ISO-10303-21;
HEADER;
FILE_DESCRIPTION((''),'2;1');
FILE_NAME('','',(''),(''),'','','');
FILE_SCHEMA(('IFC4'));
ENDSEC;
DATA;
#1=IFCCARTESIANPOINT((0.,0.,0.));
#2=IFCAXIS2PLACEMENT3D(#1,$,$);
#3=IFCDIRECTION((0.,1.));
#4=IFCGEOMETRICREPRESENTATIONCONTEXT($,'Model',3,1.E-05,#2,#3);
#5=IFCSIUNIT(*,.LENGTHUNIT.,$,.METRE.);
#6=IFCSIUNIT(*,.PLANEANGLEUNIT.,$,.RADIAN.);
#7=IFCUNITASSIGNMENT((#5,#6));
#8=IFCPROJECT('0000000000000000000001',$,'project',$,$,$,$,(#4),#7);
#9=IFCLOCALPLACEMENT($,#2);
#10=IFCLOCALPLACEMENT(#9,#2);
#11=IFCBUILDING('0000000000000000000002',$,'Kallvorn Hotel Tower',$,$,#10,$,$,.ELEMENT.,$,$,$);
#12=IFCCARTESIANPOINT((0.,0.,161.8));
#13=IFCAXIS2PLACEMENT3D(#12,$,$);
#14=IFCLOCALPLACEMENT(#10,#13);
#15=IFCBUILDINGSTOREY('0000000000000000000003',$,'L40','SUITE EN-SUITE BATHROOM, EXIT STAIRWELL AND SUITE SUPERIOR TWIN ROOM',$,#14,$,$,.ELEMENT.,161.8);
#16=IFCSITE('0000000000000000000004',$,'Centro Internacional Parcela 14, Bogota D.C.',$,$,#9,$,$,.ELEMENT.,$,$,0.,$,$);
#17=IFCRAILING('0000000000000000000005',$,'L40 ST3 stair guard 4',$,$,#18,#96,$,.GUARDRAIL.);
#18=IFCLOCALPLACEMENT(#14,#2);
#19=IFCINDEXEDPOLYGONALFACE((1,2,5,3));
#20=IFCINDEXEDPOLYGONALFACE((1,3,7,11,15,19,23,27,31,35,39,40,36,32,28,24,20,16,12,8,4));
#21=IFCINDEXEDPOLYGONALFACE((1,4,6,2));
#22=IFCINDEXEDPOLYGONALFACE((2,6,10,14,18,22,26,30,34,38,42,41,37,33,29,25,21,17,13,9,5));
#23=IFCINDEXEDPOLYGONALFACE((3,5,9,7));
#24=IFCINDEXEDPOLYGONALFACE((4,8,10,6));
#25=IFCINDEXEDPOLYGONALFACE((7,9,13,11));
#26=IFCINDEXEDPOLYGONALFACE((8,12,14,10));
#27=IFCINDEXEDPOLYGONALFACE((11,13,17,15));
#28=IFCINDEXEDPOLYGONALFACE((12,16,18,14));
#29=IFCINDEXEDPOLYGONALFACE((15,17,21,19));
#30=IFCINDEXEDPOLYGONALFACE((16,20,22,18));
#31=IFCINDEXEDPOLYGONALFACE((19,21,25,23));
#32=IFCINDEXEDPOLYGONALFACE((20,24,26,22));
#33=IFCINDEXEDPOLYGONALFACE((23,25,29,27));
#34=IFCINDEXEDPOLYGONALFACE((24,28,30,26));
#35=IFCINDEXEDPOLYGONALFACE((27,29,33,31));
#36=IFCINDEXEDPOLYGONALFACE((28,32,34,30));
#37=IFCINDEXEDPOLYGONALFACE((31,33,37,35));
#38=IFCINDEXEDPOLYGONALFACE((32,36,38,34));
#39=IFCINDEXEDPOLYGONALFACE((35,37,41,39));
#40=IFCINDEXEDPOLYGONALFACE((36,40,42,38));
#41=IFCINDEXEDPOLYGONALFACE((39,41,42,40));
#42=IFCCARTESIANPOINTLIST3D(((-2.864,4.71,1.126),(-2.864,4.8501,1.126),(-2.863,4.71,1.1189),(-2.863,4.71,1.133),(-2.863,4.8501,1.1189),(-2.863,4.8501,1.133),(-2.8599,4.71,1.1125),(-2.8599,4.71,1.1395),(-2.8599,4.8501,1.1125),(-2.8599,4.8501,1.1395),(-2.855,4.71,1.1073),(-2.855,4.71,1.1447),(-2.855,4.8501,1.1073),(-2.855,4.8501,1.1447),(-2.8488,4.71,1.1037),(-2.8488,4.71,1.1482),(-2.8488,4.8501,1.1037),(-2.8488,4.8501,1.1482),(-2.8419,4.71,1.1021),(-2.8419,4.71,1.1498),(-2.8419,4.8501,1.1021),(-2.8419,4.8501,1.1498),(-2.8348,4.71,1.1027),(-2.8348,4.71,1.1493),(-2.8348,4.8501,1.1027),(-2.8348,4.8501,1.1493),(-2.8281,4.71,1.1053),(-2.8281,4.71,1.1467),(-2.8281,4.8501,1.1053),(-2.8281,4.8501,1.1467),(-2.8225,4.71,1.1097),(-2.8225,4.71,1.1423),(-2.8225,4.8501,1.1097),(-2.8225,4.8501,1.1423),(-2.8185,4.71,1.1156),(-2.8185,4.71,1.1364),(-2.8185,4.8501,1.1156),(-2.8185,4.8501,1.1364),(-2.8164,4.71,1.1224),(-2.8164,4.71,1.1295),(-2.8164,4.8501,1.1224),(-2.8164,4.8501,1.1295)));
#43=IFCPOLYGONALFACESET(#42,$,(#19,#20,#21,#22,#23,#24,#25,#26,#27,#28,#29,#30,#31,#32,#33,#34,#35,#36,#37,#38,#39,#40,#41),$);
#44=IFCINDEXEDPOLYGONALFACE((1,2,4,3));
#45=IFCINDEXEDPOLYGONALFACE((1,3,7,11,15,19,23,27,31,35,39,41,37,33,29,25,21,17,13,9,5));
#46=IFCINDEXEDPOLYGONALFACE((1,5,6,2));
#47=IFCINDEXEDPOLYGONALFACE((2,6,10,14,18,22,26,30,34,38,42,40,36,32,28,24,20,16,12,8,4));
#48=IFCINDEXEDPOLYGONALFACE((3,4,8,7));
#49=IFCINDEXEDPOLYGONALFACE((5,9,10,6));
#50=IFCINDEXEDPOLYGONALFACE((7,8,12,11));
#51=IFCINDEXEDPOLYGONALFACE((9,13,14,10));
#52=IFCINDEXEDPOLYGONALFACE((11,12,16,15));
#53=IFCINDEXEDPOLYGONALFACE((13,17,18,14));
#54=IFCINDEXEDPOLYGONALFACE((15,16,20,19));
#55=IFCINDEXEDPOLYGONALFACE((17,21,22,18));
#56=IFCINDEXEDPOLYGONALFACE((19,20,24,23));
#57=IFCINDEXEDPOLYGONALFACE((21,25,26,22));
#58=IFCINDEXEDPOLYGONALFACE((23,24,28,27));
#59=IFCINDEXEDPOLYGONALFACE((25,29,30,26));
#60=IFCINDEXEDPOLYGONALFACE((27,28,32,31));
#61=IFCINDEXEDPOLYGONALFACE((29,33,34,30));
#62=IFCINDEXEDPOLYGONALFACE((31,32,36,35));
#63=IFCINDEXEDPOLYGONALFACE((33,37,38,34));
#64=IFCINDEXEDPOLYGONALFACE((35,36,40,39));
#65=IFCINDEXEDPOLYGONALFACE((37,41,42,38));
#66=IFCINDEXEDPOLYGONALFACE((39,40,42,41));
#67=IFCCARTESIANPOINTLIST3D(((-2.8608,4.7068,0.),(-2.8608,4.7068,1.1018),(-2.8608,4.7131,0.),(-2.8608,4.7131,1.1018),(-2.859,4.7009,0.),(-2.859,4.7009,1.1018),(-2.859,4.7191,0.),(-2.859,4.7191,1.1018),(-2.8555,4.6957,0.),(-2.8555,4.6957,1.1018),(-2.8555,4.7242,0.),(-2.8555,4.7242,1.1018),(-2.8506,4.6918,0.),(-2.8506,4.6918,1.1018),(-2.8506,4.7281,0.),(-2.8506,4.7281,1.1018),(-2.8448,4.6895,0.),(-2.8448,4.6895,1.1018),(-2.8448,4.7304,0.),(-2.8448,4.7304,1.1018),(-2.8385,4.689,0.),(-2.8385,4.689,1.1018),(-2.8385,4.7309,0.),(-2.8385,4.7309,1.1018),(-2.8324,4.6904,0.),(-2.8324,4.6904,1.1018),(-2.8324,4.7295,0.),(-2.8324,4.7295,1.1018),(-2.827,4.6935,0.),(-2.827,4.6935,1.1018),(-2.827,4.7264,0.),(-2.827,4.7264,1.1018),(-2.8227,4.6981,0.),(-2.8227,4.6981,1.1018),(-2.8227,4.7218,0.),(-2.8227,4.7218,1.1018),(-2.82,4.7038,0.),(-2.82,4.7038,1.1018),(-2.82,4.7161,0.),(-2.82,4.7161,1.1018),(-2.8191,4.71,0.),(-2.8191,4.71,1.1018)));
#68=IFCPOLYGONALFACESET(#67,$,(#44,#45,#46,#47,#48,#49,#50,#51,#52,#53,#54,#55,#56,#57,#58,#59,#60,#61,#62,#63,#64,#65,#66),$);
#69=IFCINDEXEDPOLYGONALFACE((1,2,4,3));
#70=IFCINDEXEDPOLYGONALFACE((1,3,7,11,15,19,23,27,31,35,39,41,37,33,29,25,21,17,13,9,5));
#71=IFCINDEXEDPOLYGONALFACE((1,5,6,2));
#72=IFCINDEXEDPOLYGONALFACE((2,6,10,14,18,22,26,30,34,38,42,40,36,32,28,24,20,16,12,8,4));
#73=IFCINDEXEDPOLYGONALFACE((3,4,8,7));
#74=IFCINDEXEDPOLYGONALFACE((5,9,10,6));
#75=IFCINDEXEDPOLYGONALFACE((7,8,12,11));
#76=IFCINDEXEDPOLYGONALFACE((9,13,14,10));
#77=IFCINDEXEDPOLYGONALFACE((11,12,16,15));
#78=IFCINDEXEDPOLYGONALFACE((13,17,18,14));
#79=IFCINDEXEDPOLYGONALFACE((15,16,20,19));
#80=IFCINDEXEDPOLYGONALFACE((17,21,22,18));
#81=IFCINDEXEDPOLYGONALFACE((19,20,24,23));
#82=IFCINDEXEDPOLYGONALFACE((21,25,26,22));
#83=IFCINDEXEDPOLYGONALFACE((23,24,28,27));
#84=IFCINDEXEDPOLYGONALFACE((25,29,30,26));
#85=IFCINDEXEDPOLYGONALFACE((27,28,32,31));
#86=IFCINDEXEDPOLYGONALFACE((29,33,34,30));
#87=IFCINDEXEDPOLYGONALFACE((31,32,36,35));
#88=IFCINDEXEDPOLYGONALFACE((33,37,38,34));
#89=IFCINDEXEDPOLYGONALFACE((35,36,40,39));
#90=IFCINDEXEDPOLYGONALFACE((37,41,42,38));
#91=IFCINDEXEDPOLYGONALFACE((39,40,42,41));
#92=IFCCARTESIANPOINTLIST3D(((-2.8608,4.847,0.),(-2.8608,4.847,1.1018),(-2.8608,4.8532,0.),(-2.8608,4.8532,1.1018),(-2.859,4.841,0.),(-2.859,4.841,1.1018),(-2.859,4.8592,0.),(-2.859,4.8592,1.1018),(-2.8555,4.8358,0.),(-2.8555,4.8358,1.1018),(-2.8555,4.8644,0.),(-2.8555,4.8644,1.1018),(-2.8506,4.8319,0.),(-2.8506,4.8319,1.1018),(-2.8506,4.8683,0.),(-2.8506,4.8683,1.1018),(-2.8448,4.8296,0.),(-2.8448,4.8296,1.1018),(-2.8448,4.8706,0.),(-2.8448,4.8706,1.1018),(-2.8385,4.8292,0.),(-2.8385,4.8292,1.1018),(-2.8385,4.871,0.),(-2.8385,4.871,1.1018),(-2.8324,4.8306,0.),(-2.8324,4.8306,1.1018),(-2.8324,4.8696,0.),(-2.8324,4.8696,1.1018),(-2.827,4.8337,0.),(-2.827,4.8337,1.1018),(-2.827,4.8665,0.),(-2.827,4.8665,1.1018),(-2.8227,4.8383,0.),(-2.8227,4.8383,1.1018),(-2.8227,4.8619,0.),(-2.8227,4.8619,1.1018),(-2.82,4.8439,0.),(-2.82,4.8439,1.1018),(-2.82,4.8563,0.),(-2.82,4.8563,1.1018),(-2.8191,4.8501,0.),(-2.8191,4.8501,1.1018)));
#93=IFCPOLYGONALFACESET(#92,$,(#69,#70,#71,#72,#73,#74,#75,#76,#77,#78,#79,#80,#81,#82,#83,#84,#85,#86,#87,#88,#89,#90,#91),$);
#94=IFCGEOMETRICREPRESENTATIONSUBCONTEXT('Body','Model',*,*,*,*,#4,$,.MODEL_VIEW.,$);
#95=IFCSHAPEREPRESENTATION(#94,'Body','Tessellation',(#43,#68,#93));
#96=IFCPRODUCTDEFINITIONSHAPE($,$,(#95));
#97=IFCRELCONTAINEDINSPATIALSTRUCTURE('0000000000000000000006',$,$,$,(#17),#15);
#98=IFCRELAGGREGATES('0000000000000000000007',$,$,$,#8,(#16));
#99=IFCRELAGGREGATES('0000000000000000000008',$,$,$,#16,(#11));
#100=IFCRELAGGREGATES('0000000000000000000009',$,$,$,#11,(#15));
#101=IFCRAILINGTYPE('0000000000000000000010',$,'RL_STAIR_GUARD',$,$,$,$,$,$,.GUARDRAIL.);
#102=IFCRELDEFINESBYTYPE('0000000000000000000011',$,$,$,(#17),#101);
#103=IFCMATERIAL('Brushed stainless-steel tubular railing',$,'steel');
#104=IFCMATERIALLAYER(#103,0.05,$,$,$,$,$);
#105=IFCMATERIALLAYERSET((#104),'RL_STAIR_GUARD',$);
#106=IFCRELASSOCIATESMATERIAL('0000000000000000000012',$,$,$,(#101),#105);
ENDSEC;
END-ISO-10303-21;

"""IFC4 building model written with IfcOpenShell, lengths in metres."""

from ifc_helpers import new_model, si_unit, direction, frame, origin, origin_2d, place, context, subcontext, project, spatial, circle, extrude, material, layer, layer_set, type_object, element, save


model = new_model("IFC4")

# Units and contexts
model_context = context("Model", 3, precision=1e-05, world=origin(), true_north=direction((0.0, 1.0)))
body_context = subcontext(model_context, "Body", "Model", "MODEL_VIEW")
ifc_project = project(units=[si_unit("LENGTHUNIT", "METRE"), si_unit("PLANEANGLEUNIT", "RADIAN")], contexts=[model_context])

# Site, building, storey
site_placement = place(None, origin())
site = spatial("IfcSite", under=ifc_project, at=site_placement, Name="Centro Internacional Parcela 14, Bogota D.C.", CompositionType="ELEMENT", RefElevation=0.0)
building_placement = place(site_placement, origin())
building = spatial("IfcBuilding", under=site, at=building_placement, Name="Kallvorn Hotel Tower", CompositionType="ELEMENT")
storey_placement = place(building_placement, frame((0.0, 0.0, 161.8)))
storey = spatial("IfcBuildingStorey", under=building, at=storey_placement, Name="L40", Description="SUITE EN-SUITE BATHROOM, EXIT STAIRWELL AND SUITE SUPERIOR TWIN ROOM", CompositionType="ELEMENT", Elevation=161.8)

# Railing
ifc_material_1 = material(Name="Brushed stainless-steel tubular railing", Category="steel")
ifc_layer_1 = layer(ifc_material_1, 0.05)
ifc_layer_set_1 = layer_set([ifc_layer_1], Name="RL_STAIR_GUARD")
railing_type_1 = type_object("IfcRailingType", Name="RL_STAIR_GUARD", PredefinedType="GUARDRAIL", material=ifc_layer_set_1)
railing_1_placement = place(storey_placement, frame((-2.8401, 4.71, 0.0)))
element("IfcRailing", 1, at=railing_1_placement, inside=storey, type_object=railing_type_1, Name="L40 ST3 stair guard 4", PredefinedType="GUARDRAIL", context=body_context, shape_type="SweptSolid", body=[
    extrude(circle(Radius=0.0239, at=origin_2d()), frame((0.0, 0.0, 1.126), z_axis=(0.0, 1.0, 0.0), x_axis=(-1.0, 0.0, 0.0)), (0.0, 0.0, 1.0), 0.1401),
    extrude(circle(Radius=0.021, at=origin_2d()), origin(), (0.0, 0.0, 1.0), 1.1018),
    extrude(circle(Radius=0.021, at=origin_2d()), frame((0.0, 0.1401, 0.0)), (0.0, 0.0, 1.0), 1.1018),
])

save(model, "model.ifc")
